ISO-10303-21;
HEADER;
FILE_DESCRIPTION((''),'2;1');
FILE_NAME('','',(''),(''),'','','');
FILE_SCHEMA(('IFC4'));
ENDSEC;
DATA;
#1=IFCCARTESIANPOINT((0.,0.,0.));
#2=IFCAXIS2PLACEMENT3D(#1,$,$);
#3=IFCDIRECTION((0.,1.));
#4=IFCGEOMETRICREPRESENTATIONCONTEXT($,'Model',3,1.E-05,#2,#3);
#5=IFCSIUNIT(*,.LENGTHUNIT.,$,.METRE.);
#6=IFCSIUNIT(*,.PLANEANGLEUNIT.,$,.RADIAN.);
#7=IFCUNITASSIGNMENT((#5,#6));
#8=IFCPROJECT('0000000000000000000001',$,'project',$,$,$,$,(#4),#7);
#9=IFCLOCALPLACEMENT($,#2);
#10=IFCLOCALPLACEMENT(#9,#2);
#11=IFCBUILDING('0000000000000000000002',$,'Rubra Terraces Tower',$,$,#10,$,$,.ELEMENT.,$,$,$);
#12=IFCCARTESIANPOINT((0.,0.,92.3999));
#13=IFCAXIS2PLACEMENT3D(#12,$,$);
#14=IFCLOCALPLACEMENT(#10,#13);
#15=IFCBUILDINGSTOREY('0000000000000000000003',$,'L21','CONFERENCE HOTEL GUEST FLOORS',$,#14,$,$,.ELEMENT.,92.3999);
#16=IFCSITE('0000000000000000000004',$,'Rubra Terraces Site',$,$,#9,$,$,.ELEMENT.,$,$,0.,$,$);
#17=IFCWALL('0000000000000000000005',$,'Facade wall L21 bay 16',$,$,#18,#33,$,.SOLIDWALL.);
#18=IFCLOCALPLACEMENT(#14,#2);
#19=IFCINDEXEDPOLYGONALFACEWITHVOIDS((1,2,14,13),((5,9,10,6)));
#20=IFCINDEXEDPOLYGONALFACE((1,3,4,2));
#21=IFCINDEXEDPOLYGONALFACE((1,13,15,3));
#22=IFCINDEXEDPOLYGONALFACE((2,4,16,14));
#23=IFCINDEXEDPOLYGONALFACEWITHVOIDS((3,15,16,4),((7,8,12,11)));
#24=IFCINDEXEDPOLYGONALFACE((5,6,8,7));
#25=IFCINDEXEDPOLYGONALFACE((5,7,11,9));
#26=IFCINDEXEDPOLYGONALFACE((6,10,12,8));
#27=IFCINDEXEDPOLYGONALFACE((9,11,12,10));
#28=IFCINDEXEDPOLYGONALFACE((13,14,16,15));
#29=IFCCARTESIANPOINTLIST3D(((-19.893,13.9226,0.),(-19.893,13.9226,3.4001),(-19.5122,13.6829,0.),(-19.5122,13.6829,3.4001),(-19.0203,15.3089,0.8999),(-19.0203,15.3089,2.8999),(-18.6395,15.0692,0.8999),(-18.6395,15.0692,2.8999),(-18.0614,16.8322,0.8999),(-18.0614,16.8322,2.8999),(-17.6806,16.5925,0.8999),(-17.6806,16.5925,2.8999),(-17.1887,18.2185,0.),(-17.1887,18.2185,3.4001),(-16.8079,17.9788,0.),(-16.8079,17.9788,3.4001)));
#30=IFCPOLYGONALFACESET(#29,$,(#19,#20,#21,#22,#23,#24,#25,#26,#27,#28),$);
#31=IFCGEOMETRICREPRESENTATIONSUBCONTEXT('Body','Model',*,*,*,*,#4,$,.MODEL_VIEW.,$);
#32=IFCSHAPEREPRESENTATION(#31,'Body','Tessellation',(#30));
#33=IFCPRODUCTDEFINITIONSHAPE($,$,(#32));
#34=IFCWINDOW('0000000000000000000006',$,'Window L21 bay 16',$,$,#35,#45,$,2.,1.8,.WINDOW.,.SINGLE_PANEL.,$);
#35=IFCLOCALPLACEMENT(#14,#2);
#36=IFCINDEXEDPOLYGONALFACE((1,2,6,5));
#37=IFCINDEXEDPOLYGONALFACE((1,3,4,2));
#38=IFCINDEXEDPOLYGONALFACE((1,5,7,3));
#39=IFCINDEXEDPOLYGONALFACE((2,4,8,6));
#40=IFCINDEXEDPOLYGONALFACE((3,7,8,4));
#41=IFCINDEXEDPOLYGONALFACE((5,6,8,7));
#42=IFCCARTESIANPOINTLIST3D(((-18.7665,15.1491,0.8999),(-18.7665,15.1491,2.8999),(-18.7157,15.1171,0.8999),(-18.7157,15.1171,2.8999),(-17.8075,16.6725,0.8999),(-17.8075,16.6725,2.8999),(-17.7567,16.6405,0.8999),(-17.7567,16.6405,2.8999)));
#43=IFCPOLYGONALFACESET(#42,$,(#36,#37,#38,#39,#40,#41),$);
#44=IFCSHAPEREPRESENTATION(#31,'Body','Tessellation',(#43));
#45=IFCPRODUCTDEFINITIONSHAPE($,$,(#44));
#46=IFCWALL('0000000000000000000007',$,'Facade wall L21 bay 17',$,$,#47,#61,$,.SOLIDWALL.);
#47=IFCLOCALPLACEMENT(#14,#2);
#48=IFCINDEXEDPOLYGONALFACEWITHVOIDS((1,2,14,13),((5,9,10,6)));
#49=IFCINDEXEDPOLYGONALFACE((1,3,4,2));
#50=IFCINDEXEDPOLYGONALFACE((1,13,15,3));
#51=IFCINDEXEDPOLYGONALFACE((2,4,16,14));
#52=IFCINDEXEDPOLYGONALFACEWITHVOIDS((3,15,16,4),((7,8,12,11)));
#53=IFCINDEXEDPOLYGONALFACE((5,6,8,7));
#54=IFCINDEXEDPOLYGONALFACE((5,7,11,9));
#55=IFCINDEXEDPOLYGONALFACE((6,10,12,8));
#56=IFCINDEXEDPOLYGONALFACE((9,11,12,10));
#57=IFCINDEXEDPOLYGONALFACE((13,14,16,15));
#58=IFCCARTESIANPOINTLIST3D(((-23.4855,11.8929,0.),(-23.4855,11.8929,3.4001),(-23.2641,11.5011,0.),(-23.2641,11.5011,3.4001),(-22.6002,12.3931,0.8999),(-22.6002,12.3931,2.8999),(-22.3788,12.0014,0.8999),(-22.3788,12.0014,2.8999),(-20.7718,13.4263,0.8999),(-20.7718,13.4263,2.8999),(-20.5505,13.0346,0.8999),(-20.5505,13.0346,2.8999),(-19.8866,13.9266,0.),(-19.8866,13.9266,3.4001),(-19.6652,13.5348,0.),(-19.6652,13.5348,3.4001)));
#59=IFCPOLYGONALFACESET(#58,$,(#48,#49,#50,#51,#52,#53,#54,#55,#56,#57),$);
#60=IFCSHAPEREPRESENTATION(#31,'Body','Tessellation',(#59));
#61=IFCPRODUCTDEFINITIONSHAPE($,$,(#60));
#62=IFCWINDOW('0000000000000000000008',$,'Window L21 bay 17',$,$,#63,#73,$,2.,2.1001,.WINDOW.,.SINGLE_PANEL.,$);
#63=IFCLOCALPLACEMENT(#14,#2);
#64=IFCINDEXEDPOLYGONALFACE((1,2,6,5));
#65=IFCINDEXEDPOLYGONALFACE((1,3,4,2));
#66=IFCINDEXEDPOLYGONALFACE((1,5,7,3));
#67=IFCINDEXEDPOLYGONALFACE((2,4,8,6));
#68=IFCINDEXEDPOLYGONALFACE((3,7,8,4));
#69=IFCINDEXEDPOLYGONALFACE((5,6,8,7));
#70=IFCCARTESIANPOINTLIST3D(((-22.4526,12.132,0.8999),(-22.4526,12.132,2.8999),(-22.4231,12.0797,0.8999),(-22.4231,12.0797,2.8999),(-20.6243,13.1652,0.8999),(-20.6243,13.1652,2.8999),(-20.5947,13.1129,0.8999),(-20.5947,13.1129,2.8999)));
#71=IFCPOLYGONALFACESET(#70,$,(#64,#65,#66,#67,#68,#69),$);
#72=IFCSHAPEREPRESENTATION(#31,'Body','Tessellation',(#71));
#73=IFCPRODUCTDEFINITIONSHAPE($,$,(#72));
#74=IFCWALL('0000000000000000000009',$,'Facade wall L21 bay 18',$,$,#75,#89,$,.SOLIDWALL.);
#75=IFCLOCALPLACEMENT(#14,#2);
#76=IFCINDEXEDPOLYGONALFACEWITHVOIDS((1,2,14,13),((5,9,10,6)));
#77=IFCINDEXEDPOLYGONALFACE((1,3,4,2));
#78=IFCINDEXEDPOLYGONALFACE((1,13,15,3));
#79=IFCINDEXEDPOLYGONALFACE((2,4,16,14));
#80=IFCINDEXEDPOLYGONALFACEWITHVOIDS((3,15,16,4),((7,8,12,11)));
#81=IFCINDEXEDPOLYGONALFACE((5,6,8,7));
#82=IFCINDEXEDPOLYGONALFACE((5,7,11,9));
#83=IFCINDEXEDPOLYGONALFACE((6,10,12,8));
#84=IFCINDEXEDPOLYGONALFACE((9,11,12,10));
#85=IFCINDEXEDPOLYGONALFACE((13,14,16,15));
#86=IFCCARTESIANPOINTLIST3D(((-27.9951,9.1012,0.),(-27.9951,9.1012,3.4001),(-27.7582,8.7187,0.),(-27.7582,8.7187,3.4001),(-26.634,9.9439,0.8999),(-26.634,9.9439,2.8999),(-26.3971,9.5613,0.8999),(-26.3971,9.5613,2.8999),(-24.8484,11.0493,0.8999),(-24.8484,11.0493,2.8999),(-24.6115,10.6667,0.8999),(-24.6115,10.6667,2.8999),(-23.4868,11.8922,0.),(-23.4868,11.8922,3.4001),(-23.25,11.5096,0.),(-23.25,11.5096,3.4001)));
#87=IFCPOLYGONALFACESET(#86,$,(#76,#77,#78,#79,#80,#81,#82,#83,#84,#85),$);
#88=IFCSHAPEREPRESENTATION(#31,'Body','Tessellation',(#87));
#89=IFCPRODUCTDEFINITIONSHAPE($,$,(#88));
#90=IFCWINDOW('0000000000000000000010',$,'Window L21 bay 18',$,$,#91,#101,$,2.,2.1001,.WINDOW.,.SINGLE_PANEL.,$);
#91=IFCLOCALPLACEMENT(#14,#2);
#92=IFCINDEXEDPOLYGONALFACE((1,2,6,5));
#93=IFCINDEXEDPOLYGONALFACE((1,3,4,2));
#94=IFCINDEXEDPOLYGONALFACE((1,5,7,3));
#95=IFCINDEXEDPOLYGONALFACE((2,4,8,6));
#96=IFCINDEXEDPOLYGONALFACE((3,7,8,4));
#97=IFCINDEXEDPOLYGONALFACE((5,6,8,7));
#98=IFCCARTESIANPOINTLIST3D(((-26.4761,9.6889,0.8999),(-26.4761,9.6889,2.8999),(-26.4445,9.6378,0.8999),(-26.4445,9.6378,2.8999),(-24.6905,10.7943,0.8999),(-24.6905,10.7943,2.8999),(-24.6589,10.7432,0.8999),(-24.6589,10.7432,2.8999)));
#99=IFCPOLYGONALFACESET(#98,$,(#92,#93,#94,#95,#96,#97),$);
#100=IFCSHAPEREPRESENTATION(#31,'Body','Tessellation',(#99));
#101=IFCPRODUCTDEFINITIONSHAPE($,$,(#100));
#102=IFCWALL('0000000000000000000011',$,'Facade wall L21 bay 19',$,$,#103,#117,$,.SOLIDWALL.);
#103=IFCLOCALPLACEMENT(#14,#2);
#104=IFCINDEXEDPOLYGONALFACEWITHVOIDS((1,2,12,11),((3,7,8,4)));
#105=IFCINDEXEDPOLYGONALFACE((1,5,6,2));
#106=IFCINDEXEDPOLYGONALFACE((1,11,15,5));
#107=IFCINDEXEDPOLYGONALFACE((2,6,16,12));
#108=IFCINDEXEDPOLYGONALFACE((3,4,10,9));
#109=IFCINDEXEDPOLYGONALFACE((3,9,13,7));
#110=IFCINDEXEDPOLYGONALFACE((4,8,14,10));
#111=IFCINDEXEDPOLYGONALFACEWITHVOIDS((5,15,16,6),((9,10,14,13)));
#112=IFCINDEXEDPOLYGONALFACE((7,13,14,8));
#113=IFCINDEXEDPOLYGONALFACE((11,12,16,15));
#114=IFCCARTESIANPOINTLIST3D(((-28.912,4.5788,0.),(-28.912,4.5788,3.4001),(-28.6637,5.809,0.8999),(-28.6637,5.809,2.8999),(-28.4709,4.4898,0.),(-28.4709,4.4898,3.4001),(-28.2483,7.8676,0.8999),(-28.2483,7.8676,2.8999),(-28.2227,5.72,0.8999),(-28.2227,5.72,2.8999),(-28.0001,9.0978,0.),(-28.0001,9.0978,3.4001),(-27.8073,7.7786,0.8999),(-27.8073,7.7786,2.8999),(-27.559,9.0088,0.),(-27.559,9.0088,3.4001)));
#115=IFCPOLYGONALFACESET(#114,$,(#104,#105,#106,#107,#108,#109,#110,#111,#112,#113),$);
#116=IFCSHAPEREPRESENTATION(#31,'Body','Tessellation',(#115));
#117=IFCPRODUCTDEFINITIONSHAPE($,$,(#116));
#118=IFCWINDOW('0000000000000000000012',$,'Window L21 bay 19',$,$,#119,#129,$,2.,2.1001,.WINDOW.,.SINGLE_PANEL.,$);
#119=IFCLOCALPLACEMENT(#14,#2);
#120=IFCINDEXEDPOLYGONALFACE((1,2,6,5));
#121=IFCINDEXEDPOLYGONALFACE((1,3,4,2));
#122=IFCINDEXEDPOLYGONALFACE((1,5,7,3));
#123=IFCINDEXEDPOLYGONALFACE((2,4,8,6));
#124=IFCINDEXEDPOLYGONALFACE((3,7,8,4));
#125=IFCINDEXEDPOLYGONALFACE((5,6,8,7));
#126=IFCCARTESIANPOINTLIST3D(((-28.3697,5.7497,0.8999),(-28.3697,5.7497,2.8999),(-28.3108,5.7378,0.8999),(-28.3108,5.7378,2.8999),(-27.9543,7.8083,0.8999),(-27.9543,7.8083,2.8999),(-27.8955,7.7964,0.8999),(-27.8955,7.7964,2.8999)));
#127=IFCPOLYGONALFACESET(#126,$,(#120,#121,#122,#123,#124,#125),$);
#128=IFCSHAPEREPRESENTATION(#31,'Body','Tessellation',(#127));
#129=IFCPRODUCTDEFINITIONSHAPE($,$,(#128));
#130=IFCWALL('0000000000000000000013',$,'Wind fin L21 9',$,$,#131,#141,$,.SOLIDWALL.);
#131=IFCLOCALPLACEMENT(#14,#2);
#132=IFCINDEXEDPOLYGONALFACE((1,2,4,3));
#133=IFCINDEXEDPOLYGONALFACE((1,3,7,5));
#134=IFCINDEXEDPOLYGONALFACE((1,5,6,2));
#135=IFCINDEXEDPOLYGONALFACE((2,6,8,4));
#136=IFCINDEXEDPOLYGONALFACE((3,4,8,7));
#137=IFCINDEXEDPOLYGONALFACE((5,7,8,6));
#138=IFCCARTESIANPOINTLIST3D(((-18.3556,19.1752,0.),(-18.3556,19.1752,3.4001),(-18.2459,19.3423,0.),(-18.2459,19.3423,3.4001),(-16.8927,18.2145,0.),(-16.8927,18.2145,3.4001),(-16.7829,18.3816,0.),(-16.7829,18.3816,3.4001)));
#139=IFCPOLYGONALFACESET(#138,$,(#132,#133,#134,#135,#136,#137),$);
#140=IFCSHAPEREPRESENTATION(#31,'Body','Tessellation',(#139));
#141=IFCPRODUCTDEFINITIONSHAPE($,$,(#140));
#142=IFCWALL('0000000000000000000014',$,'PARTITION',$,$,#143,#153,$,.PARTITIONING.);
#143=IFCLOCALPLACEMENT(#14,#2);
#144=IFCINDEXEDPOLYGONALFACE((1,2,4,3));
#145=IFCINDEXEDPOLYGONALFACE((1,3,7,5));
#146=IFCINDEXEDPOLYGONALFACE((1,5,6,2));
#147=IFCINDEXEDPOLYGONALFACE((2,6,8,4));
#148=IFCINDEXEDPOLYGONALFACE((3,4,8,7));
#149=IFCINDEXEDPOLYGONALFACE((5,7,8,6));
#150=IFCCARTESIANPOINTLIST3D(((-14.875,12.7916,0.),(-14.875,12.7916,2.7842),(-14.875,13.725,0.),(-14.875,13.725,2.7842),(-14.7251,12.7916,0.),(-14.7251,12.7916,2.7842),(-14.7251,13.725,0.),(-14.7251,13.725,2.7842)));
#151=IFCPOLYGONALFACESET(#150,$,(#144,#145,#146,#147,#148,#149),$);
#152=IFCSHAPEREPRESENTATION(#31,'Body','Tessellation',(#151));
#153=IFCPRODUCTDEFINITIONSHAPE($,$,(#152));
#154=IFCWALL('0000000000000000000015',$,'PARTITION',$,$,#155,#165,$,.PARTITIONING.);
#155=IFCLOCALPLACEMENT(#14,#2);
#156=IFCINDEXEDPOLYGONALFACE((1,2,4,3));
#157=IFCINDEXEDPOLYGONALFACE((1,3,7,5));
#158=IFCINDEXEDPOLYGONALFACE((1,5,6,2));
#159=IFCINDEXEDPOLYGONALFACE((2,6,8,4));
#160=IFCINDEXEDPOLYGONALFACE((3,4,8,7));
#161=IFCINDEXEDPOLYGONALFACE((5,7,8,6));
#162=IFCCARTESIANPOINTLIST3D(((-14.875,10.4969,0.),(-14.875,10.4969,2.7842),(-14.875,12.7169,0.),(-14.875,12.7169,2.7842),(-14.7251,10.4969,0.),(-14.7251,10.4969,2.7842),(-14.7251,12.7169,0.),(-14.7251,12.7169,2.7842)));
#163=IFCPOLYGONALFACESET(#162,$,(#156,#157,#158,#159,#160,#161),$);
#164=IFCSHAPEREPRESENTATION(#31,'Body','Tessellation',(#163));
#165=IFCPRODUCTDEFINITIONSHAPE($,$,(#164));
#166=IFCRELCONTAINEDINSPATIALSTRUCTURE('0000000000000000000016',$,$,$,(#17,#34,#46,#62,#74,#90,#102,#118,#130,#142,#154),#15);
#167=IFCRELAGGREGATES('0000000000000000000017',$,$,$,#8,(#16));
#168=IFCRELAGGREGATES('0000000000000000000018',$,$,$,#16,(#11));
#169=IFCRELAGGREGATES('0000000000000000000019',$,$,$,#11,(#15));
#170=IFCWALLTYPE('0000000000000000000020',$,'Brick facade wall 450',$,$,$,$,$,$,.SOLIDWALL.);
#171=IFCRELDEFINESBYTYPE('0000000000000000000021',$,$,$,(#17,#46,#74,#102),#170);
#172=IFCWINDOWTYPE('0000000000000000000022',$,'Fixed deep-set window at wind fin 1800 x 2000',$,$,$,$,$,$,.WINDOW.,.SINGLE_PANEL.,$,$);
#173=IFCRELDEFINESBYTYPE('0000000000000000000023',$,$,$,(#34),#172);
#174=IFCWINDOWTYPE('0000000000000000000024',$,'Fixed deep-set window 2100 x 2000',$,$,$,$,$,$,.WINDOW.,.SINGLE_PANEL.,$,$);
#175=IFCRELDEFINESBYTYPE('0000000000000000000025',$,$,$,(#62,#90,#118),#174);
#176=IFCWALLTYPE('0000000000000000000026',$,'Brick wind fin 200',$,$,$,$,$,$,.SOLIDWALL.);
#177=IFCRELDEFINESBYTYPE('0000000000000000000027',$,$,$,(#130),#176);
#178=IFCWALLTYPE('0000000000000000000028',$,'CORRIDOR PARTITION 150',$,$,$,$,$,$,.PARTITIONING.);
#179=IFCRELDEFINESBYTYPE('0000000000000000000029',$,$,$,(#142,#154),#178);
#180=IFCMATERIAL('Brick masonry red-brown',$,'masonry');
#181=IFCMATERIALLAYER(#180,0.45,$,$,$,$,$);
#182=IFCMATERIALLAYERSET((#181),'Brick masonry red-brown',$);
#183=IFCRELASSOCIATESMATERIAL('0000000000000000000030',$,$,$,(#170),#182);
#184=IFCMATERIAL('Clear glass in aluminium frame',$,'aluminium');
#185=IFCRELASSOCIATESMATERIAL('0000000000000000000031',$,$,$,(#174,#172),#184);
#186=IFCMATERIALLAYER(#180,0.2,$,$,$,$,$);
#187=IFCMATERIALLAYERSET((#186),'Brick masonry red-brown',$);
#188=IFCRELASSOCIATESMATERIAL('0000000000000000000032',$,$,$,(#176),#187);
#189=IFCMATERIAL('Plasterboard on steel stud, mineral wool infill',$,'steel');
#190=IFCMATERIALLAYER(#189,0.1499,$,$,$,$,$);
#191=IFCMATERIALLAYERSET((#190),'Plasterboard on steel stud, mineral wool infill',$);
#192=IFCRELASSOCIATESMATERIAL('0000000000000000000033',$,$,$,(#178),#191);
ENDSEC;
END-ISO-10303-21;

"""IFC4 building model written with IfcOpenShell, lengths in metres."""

from ifc_helpers import new_model, si_unit, direction, frame, frame_2d, origin, place, context, subcontext, project, spatial, rectangle, extrude, material, layer, layer_set, type_object, element, fill, save


model = new_model("IFC4")

# Units and contexts
model_context = context("Model", 3, precision=1e-05, world=origin(), true_north=direction((0.0, 1.0)))
body_context = subcontext(model_context, "Body", "Model", "MODEL_VIEW")
ifc_project = project(units=[si_unit("LENGTHUNIT", "METRE"), si_unit("PLANEANGLEUNIT", "RADIAN")], contexts=[model_context])

# Site, building, storey
site_placement = place(None, origin())
site = spatial("IfcSite", under=ifc_project, at=site_placement, Name="Rubra Terraces Site", CompositionType="ELEMENT", RefElevation=0.0)
building_placement = place(site_placement, origin())
building = spatial("IfcBuilding", under=site, at=building_placement, Name="Rubra Terraces Tower", CompositionType="ELEMENT")
storey_placement = place(building_placement, frame((0.0, 0.0, 92.3999)))
storey = spatial("IfcBuildingStorey", under=building, at=storey_placement, Name="L21", Description="CONFERENCE HOTEL GUEST FLOORS", CompositionType="ELEMENT", Elevation=92.3999)

# Walls, openings, windows
ifc_material_1 = material(Name="Brick masonry red-brown", Category="masonry")
ifc_layer_1 = layer(ifc_material_1, 0.45)
ifc_layer_set_1 = layer_set([ifc_layer_1], Name="Brick masonry red-brown")
wall_type_1 = type_object("IfcWallType", Name="Brick facade wall 450", PredefinedType="SOLIDWALL", material=ifc_layer_set_1)
ifc_material_2 = material(Name="Clear glass in aluminium frame", Category="aluminium")
window_type_1 = type_object("IfcWindowType", Name="Fixed deep-set window 2100 x 2000", PartitioningType="SINGLE_PANEL", PredefinedType="WINDOW", material=ifc_material_2)
wall_1_placement = place(storey_placement, frame((-16.9983, 18.0986, 0.0), z_axis=(0.0, 0.0, 1.0), x_axis=(-0.532746, -0.846275, 0.0)))
wall_1 = element("IfcWall", 1, at=wall_1_placement, inside=storey, type_object=wall_type_1, Name="Facade wall L21 bay 16", PredefinedType="SOLIDWALL", context=body_context, shape_type="SweptSolid", body=[
    extrude(rectangle(XDim=5.0762, YDim=0.45, at=frame_2d((2.5381, 0.0))), origin(), (0.0, 0.0, 1.0), 3.4001),
])
opening_1_placement = place(wall_1_placement, frame((1.6382, 0.0, 0.8999)))
opening_1 = element("IfcOpeningElement", 2, at=opening_1_placement, cuts=wall_1, PredefinedType="OPENING", context=body_context, shape_type="SweptSolid", body=[
    extrude(rectangle(XDim=1.8, YDim=2.0, at=frame_2d((0.8999, 1.0))), frame((0.0, 0.2349, 0.0), z_axis=(0.0, -1.0, 0.0), x_axis=(1.0, 0.0, 0.0)), (0.0, 0.0, 1.0), 0.47),
])
window_type_2 = type_object("IfcWindowType", Name="Fixed deep-set window at wind fin 1800 x 2000", PartitioningType="SINGLE_PANEL", PredefinedType="WINDOW", material=ifc_material_2)
window_1_placement = place(opening_1_placement, origin())
window_1 = element("IfcWindow", 3, at=window_1_placement, inside=storey, type_object=window_type_2, Name="Window L21 bay 16", OverallHeight=2.0, OverallWidth=1.8, PartitioningType="SINGLE_PANEL", PredefinedType="WINDOW", context=body_context, shape_type="SweptSolid", body=[
    extrude(rectangle(XDim=1.8, YDim=2.0, at=frame_2d((0.8999, 1.0))), frame((0.0, 0.135, 0.0), z_axis=(0.0, -1.0, 0.0), x_axis=(1.0, 0.0, 0.0)), (0.0, 0.0, 1.0), 0.0601),
])
fill(opening_1, window_1)
wall_2_placement = place(storey_placement, frame((-19.7759, 13.7307, 0.0), z_axis=(0.0, 0.0, 1.0), x_axis=(-0.87061, -0.491974, 0.0)))
wall_2 = element("IfcWall", 4, at=wall_2_placement, inside=storey, type_object=wall_type_1, Name="Facade wall L21 bay 17", PredefinedType="SOLIDWALL", context=body_context, shape_type="SweptSolid", body=[
    extrude(rectangle(XDim=4.1338, YDim=0.45, at=frame_2d((2.0669, 0.0))), origin(), (0.0, 0.0, 1.0), 3.4001),
])
opening_2_placement = place(wall_2_placement, frame((1.0168, 0.0, 0.8999)))
opening_2 = element("IfcOpeningElement", 5, at=opening_2_placement, cuts=wall_2, PredefinedType="OPENING", context=body_context, shape_type="SweptSolid", body=[
    extrude(rectangle(XDim=2.1001, YDim=2.0, at=frame_2d((1.05, 1.0))), frame((0.0, 0.2349, 0.0), z_axis=(0.0, -1.0, 0.0), x_axis=(1.0, 0.0, 0.0)), (0.0, 0.0, 1.0), 0.47),
])
window_2_placement = place(opening_2_placement, origin())
window_2 = element("IfcWindow", 6, at=window_2_placement, inside=storey, type_object=window_type_1, Name="Window L21 bay 17", OverallHeight=2.0, OverallWidth=2.1001, PartitioningType="SINGLE_PANEL", PredefinedType="WINDOW", context=body_context, shape_type="SweptSolid", body=[
    extrude(rectangle(XDim=2.1001, YDim=2.0, at=frame_2d((1.05, 1.0))), frame((0.0, 0.135, 0.0), z_axis=(0.0, -1.0, 0.0), x_axis=(1.0, 0.0, 0.0)), (0.0, 0.0, 1.0), 0.0601),
])
fill(opening_2, window_2)
wall_3_placement = place(storey_placement, frame((-23.3684, 11.7009, 0.0), z_axis=(0.0, 0.0, 1.0), x_axis=(-0.850251, -0.526377, 0.0)))
wall_3 = element("IfcWall", 7, at=wall_3_placement, inside=storey, type_object=wall_type_1, Name="Facade wall L21 bay 18", PredefinedType="SOLIDWALL", context=body_context, shape_type="SweptSolid", body=[
    extrude(rectangle(XDim=5.3022, YDim=0.45, at=frame_2d((2.6511, 0.0))), origin(), (0.0, 0.0, 1.0), 3.4001),
])
opening_3_placement = place(wall_3_placement, frame((1.6013, 0.0, 0.8999)))
opening_3 = element("IfcOpeningElement", 8, at=opening_3_placement, cuts=wall_3, PredefinedType="OPENING", context=body_context, shape_type="SweptSolid", body=[
    extrude(rectangle(XDim=2.1001, YDim=2.0, at=frame_2d((1.05, 1.0))), frame((0.0, 0.2349, 0.0), z_axis=(0.0, -1.0, 0.0), x_axis=(1.0, 0.0, 0.0)), (0.0, 0.0, 1.0), 0.47),
])
window_3_placement = place(opening_3_placement, origin())
window_3 = element("IfcWindow", 9, at=window_3_placement, inside=storey, type_object=window_type_1, Name="Window L21 bay 18", OverallHeight=2.0, OverallWidth=2.1001, PartitioningType="SINGLE_PANEL", PredefinedType="WINDOW", context=body_context, shape_type="SweptSolid", body=[
    extrude(rectangle(XDim=2.1001, YDim=2.0, at=frame_2d((1.05, 1.0))), frame((0.0, 0.135, 0.0), z_axis=(0.0, -1.0, 0.0), x_axis=(1.0, 0.0, 0.0)), (0.0, 0.0, 1.0), 0.0601),
])
fill(opening_3, window_3)
wall_4_placement = place(storey_placement, frame((-27.7795, 9.0535, 0.0), z_axis=(0.0, 0.0, 1.0), x_axis=(-0.197796, -0.980243, 0.0)))
wall_4 = element("IfcWall", 10, at=wall_4_placement, inside=storey, type_object=wall_type_1, Name="Facade wall L21 bay 19", PredefinedType="SOLIDWALL", context=body_context, shape_type="SweptSolid", body=[
    extrude(rectangle(XDim=4.6101, YDim=0.45, at=frame_2d((2.3052, 0.0))), origin(), (0.0, 0.0, 1.0), 3.4001),
])
opening_4_placement = place(wall_4_placement, frame((1.2551, 0.0, 0.8999)))
opening_4 = element("IfcOpeningElement", 11, at=opening_4_placement, cuts=wall_4, PredefinedType="OPENING", context=body_context, shape_type="SweptSolid", body=[
    extrude(rectangle(XDim=2.1001, YDim=2.0, at=frame_2d((1.05, 1.0))), frame((0.0, 0.2349, 0.0), z_axis=(0.0, -1.0, 0.0), x_axis=(1.0, 0.0, 0.0)), (0.0, 0.0, 1.0), 0.47),
])
window_4_placement = place(opening_4_placement, origin())
window_4 = element("IfcWindow", 12, at=window_4_placement, inside=storey, type_object=window_type_1, Name="Window L21 bay 19", OverallHeight=2.0, OverallWidth=2.1001, PartitioningType="SINGLE_PANEL", PredefinedType="WINDOW", context=body_context, shape_type="SweptSolid", body=[
    extrude(rectangle(XDim=2.1001, YDim=2.0, at=frame_2d((1.05, 1.0))), frame((0.0, 0.135, 0.0), z_axis=(0.0, -1.0, 0.0), x_axis=(1.0, 0.0, 0.0)), (0.0, 0.0, 1.0), 0.0601),
])
fill(opening_4, window_4)

# Walls
ifc_layer_2 = layer(ifc_material_1, 0.2)
ifc_layer_set_2 = layer_set([ifc_layer_2], Name="Brick masonry red-brown")
wall_type_2 = type_object("IfcWallType", Name="Brick wind fin 200", PredefinedType="SOLIDWALL", material=ifc_layer_set_2)
wall_5_placement = place(storey_placement, frame((-16.8379, 18.2981, 0.0), z_axis=(0.0, 0.0, 1.0), x_axis=(-0.835872, 0.548925, 0.0)))
element("IfcWall", 13, at=wall_5_placement, inside=storey, type_object=wall_type_2, Name="Wind fin L21 9", PredefinedType="SOLIDWALL", context=body_context, shape_type="SweptSolid", body=[
    extrude(rectangle(XDim=1.7502, YDim=0.2, at=frame_2d((0.875, 0.0))), origin(), (0.0, 0.0, 1.0), 3.4001),
])
ifc_material_3 = material(Name="Plasterboard on steel stud, mineral wool infill", Category="steel")
ifc_layer_3 = layer(ifc_material_3, 0.1499)
ifc_layer_set_3 = layer_set([ifc_layer_3], Name="Plasterboard on steel stud, mineral wool infill")
wall_type_3 = type_object("IfcWallType", Name="CORRIDOR PARTITION 150", PredefinedType="PARTITIONING", material=ifc_layer_set_3)
wall_6_placement = place(storey_placement, frame((-14.8, 13.7251, 0.0), z_axis=(0.0, 0.0, 1.0), x_axis=(0.0, -1.0, 0.0)))
element("IfcWall", 14, at=wall_6_placement, inside=storey, type_object=wall_type_3, Name="PARTITION", PredefinedType="PARTITIONING", context=body_context, shape_type="SweptSolid", body=[
    extrude(rectangle(XDim=0.9333, YDim=0.1499, at=frame_2d((0.4668, 0.0))), origin(), (0.0, 0.0, 1.0), 2.7842),
])
wall_7_placement = place(storey_placement, frame((-14.8, 12.7168, 0.0), z_axis=(0.0, 0.0, 1.0), x_axis=(0.0, -1.0, 0.0)))
element("IfcWall", 15, at=wall_7_placement, inside=storey, type_object=wall_type_3, Name="PARTITION", PredefinedType="PARTITIONING", context=body_context, shape_type="SweptSolid", body=[
    extrude(rectangle(XDim=2.22, YDim=0.1499, at=frame_2d((1.1099, 0.0))), origin(), (0.0, 0.0, 1.0), 2.7842),
])

save(model, "model.ifc")
